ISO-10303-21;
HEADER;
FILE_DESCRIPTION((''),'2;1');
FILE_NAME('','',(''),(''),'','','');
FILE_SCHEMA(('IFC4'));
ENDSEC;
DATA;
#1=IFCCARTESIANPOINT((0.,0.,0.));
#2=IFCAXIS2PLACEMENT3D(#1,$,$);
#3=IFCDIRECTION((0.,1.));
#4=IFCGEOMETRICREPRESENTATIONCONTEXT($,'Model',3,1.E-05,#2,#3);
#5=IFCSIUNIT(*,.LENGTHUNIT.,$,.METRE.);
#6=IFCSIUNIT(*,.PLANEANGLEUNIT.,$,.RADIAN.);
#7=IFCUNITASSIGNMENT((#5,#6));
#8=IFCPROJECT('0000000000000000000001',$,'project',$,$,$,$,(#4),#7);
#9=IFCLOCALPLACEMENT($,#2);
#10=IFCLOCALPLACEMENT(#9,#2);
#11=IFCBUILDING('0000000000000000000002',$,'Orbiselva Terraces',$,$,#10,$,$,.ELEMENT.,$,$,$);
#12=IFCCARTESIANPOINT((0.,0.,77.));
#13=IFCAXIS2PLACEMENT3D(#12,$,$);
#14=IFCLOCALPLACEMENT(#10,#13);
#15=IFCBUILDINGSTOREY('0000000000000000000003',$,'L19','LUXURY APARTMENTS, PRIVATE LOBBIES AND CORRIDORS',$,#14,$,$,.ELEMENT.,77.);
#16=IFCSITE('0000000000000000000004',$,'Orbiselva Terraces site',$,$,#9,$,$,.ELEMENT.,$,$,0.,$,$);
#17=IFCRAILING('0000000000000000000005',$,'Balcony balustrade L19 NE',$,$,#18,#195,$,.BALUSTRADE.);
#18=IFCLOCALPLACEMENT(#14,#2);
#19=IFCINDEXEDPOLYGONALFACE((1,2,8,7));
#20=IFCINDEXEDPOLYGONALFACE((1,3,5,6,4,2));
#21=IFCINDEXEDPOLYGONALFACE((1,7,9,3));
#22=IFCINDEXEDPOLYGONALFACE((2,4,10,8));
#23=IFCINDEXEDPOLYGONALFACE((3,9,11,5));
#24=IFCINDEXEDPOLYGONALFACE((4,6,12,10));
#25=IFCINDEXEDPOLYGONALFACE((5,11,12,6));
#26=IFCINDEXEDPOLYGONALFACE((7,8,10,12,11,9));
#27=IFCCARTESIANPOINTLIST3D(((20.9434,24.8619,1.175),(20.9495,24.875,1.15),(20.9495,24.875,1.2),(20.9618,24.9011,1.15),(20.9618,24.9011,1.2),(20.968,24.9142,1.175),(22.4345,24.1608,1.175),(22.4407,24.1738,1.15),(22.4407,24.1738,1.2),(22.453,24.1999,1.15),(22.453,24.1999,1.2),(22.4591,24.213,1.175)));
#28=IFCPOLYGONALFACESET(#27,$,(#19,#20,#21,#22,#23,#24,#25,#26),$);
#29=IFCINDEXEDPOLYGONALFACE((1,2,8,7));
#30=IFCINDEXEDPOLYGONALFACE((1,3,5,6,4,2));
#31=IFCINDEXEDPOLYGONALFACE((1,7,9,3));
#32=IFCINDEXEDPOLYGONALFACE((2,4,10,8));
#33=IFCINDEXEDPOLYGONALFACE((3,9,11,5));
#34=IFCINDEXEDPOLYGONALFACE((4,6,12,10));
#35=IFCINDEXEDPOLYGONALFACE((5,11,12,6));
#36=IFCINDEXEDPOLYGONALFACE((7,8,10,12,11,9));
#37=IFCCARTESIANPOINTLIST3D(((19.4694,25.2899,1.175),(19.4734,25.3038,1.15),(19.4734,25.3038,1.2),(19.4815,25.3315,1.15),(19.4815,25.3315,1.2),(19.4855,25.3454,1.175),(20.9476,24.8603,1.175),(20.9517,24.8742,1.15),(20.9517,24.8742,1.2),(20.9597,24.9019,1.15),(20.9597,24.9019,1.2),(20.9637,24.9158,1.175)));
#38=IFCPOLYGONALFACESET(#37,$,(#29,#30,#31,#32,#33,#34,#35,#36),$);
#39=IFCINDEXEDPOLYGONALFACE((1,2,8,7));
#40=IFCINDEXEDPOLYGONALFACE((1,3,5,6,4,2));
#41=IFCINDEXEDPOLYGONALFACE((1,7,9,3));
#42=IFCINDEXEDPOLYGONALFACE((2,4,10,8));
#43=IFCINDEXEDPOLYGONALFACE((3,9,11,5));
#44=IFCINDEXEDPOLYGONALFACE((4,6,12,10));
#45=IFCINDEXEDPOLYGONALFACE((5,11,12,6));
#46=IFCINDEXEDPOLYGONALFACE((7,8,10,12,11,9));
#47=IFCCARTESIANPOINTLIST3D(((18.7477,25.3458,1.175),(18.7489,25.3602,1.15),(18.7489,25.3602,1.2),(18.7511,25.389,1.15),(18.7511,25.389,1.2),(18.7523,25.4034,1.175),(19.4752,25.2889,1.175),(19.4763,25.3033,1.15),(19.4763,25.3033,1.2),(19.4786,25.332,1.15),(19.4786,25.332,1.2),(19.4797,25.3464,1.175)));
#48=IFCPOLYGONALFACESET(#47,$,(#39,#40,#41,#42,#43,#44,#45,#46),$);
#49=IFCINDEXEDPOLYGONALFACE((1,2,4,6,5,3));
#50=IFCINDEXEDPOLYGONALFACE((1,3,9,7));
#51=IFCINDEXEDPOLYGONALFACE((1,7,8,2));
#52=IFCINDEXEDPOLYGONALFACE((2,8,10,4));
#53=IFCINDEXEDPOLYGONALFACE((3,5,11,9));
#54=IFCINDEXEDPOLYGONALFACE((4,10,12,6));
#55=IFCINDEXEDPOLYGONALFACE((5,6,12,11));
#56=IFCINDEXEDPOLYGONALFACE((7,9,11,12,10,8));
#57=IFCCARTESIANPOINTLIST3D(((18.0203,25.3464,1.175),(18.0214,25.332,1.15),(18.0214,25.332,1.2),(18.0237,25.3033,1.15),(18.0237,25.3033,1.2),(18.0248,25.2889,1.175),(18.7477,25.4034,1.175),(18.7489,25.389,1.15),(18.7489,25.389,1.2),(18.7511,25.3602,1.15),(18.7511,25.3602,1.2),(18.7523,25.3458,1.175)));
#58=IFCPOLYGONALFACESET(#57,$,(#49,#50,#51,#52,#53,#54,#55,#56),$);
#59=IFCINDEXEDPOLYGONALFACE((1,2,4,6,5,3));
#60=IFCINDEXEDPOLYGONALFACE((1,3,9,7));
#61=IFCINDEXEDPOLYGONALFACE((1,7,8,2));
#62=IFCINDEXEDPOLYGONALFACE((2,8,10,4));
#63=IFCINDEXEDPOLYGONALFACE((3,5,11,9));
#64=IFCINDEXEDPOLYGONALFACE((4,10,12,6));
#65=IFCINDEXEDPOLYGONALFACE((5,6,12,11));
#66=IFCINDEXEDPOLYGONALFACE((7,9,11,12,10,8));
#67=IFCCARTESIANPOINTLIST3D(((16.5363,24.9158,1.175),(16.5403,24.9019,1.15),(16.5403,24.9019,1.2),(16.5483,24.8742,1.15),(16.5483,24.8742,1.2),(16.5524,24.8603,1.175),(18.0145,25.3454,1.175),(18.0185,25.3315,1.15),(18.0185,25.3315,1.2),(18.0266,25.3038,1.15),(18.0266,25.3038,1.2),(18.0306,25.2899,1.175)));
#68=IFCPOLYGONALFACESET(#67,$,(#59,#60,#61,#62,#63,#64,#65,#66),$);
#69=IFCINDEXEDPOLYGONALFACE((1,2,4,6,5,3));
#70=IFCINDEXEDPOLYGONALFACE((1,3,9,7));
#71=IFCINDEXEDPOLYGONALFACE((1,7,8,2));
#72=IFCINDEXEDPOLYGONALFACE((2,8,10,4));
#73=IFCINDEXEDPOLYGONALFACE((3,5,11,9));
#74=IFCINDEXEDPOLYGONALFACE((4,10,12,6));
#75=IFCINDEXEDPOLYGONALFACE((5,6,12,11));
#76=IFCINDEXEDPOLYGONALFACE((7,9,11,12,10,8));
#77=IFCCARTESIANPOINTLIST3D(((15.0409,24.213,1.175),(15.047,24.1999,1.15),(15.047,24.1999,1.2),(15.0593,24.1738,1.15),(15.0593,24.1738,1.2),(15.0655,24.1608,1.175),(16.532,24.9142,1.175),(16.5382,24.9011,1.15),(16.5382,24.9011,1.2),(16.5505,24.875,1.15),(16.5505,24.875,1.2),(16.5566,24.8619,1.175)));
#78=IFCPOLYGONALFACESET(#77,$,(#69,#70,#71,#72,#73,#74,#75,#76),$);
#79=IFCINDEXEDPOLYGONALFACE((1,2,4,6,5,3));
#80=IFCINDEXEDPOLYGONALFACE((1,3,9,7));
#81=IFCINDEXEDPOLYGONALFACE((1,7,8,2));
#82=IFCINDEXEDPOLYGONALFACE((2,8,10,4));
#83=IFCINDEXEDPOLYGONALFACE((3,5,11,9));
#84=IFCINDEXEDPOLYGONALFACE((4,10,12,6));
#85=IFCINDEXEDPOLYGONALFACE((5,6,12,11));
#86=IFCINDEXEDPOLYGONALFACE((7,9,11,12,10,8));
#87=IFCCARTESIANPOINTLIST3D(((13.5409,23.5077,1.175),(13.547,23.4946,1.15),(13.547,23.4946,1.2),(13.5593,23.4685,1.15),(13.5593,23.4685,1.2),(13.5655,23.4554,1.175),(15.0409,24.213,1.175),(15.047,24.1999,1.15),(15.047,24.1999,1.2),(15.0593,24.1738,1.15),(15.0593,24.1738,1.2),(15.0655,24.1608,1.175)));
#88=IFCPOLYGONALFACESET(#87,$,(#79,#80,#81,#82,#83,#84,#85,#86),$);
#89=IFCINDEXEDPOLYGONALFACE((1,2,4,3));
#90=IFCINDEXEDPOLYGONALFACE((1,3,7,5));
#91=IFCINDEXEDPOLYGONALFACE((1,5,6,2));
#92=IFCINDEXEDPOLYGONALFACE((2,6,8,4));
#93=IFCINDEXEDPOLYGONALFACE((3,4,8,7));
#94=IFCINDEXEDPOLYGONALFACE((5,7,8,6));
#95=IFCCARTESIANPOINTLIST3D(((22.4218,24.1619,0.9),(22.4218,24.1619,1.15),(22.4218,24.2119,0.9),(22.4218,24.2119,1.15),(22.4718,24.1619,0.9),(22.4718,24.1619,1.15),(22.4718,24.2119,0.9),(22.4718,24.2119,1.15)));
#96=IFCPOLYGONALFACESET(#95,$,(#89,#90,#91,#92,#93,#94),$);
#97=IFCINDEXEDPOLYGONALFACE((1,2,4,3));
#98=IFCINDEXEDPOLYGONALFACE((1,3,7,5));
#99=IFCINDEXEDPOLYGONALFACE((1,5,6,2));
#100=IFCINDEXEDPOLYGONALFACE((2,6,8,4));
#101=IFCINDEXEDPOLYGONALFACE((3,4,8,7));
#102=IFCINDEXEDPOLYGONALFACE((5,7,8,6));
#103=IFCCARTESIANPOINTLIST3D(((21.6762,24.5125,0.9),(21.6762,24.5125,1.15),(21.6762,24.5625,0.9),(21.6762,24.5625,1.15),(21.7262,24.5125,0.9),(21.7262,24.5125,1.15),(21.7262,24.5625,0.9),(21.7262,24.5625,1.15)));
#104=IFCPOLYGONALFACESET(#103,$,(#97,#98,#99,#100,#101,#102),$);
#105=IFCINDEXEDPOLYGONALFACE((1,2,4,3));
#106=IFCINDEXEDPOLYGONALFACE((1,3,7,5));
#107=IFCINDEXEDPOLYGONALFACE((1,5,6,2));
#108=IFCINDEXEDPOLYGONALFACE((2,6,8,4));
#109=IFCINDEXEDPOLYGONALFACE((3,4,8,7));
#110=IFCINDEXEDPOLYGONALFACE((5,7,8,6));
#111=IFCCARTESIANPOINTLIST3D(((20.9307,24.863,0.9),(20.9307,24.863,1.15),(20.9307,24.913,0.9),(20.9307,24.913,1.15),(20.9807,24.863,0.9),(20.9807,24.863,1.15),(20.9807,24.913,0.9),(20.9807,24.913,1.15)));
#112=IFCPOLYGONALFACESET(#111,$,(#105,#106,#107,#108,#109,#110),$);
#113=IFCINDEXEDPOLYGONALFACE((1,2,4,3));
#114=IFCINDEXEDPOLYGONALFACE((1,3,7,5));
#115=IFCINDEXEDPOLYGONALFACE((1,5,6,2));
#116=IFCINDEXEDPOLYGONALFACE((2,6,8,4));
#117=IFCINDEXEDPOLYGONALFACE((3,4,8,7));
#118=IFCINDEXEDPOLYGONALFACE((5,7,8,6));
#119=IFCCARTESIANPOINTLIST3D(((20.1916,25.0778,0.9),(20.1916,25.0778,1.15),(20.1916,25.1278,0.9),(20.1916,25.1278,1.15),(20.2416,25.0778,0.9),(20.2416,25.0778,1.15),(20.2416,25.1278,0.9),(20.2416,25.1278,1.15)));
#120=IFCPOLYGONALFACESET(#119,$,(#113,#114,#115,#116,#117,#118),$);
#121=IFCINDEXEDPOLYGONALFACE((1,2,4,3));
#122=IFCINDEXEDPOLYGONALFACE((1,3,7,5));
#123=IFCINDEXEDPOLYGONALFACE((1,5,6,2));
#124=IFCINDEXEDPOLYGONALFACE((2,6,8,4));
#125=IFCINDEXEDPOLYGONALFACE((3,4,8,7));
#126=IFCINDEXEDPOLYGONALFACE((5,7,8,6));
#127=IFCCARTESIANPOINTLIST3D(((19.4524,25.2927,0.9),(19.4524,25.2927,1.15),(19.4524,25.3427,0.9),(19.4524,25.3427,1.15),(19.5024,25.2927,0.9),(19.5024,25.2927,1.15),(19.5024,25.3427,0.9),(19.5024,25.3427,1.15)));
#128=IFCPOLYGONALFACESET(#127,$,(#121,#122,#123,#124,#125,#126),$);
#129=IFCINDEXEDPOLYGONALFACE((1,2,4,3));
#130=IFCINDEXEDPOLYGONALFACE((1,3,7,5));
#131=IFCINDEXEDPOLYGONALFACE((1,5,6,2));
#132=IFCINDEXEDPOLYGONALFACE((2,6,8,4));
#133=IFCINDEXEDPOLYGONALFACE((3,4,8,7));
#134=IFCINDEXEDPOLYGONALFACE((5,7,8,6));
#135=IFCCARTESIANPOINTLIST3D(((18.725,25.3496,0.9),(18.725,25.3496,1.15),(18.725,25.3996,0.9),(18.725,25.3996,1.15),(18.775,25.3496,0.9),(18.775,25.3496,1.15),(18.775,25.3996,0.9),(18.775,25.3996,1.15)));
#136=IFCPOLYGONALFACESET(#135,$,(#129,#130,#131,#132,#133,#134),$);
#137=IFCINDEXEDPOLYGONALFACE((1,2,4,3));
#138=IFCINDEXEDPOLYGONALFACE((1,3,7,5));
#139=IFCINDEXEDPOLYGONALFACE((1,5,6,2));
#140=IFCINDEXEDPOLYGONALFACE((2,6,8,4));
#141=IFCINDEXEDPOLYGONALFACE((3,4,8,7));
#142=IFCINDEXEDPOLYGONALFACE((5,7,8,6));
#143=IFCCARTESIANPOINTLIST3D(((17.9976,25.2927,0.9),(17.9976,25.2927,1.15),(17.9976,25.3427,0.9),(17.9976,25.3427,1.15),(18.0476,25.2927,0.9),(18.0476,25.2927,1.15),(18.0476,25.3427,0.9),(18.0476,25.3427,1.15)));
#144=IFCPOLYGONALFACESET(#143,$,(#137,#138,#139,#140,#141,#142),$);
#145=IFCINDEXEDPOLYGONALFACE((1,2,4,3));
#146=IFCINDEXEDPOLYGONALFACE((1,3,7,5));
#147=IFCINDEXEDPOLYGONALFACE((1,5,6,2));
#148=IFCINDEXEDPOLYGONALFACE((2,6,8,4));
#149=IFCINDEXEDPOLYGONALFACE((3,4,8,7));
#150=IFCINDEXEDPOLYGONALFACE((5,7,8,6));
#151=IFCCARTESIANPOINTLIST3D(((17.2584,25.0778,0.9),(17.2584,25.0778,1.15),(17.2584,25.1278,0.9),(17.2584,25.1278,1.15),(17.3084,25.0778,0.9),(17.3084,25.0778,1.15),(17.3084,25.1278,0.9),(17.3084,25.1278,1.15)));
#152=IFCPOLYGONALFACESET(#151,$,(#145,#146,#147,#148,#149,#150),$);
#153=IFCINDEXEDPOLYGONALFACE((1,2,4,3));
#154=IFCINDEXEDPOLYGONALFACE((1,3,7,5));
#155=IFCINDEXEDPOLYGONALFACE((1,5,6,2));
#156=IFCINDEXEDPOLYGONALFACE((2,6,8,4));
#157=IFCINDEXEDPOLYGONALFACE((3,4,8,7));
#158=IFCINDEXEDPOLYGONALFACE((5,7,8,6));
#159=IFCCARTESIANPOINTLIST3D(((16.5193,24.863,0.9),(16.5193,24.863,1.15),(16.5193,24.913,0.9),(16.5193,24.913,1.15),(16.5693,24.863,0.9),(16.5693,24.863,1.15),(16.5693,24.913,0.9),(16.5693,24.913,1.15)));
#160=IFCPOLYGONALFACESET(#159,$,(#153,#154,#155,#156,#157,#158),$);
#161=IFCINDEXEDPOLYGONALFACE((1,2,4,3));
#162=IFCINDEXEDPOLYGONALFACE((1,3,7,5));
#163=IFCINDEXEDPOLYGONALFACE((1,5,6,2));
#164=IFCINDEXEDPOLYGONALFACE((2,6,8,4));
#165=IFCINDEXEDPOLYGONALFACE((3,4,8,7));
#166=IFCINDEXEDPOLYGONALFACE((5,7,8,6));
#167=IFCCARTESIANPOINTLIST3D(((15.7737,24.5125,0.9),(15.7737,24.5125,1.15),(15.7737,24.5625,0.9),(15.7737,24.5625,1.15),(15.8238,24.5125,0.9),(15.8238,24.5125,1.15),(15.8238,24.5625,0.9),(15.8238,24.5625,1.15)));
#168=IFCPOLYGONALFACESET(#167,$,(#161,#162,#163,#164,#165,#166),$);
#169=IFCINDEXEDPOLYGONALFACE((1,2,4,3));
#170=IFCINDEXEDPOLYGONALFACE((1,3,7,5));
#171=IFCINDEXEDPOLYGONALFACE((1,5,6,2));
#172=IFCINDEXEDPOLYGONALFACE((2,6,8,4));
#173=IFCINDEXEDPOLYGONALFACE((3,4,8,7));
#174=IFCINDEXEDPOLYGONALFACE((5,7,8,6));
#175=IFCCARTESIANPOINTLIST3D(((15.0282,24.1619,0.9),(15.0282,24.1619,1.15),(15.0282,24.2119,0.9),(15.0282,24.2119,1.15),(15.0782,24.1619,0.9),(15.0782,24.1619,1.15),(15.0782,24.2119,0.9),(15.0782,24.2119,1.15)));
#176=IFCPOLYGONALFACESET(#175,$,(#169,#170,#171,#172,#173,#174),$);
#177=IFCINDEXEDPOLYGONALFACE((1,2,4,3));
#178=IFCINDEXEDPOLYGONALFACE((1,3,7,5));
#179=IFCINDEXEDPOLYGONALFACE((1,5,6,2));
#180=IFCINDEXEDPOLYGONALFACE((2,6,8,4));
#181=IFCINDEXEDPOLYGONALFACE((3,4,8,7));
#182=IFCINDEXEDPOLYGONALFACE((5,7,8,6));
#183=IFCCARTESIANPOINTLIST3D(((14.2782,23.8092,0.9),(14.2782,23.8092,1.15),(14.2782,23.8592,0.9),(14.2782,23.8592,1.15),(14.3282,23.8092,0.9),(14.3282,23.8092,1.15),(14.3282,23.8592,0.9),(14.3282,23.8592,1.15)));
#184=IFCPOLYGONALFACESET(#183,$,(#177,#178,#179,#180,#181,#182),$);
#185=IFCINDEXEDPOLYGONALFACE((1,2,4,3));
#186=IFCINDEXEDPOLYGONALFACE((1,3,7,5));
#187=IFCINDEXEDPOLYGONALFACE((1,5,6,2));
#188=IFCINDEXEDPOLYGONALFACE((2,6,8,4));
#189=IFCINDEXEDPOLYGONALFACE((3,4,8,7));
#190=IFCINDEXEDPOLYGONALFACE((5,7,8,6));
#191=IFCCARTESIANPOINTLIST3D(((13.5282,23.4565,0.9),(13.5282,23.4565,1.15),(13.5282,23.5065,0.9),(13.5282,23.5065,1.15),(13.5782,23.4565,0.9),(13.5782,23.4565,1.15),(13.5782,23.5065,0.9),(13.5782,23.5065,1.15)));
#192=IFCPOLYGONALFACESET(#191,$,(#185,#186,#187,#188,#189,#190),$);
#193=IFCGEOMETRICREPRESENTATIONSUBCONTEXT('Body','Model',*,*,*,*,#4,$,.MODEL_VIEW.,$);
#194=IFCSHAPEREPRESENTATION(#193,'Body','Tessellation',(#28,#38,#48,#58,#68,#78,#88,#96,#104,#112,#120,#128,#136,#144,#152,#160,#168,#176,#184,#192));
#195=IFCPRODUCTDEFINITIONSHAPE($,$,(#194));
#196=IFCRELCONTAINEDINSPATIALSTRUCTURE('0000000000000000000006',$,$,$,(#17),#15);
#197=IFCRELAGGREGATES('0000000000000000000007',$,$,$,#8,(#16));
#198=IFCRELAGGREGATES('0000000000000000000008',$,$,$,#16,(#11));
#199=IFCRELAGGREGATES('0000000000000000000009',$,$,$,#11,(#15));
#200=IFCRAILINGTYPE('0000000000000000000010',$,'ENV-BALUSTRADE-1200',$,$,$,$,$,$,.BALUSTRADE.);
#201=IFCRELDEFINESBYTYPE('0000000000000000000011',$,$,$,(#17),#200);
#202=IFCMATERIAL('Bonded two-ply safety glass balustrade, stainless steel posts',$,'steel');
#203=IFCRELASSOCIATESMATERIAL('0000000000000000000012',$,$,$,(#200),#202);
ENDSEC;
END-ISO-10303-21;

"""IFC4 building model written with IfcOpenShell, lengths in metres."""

from ifc_helpers import new_model, si_unit, direction, frame, origin, origin_2d, place, context, subcontext, project, spatial, polyline, rectangle, outline, extrude, material, type_object, element, save


model = new_model("IFC4")

# Units and contexts
model_context = context("Model", 3, precision=1e-05, world=origin(), true_north=direction((0.0, 1.0)))
body_context = subcontext(model_context, "Body", "Model", "MODEL_VIEW")
ifc_project = project(units=[si_unit("LENGTHUNIT", "METRE"), si_unit("PLANEANGLEUNIT", "RADIAN")], contexts=[model_context])

# Site, building, storey
site_placement = place(None, origin())
site = spatial("IfcSite", under=ifc_project, at=site_placement, Name="Orbiselva Terraces site", CompositionType="ELEMENT", RefElevation=0.0)
building_placement = place(site_placement, origin())
building = spatial("IfcBuilding", under=site, at=building_placement, Name="Orbiselva Terraces", CompositionType="ELEMENT")
storey_placement = place(building_placement, frame((0.0, 0.0, 77.0)))
storey = spatial("IfcBuildingStorey", under=building, at=storey_placement, Name="L19", Description="LUXURY APARTMENTS, PRIVATE LOBBIES AND CORRIDORS", CompositionType="ELEMENT", Elevation=77.0)

# Railing
ifc_material_1 = material(Name="Bonded two-ply safety glass balustrade, stainless steel posts", Category="steel")
railing_type_1 = type_object("IfcRailingType", Name="ENV-BALUSTRADE-1200", PredefinedType="BALUSTRADE", material=ifc_material_1)
railing_1_placement = place(storey_placement, frame((22.4468, 24.1869, 0.9)))
element("IfcRailing", 1, at=railing_1_placement, inside=storey, type_object=railing_type_1, Name="Balcony balustrade L19 NE", PredefinedType="BALUSTRADE", context=body_context, shape_type="SweptSolid", body=[
    extrude(outline(polyline([(0.0289, 0.0), (0.0144, 0.025), (-0.0144, 0.025), (-0.0289, 0.0), (-0.0144, -0.025), (0.0144, -0.025), (0.0289, 0.0)])), frame((0.0, 0.0, 0.275), z_axis=(-0.904944, 0.42553, 0.0), x_axis=(-0.42553, -0.904944, 0.0)), (0.0, 0.0, 1.0), 1.6477),
    extrude(outline(polyline([(0.0289, 0.0), (0.0144, 0.025), (-0.0144, 0.025), (-0.0289, 0.0), (-0.0144, -0.025), (0.0144, -0.025), (0.0289, 0.0)])), frame((-1.4911, 0.7012, 0.275), z_axis=(-0.96027, 0.279072, 0.0), x_axis=(-0.279072, -0.96027, 0.0)), (0.0, 0.0, 1.0), 1.5394),
    extrude(outline(polyline([(0.0289, 0.0), (0.0144, 0.025), (-0.0144, 0.025), (-0.0289, 0.0), (-0.0144, -0.025), (0.0144, -0.025), (0.0289, 0.0)])), frame((-2.9694, 1.1308, 0.275), z_axis=(-0.996948, 0.07807, 0.0), x_axis=(-0.07807, -0.996948, 0.0)), (0.0, 0.0, 1.0), 0.7297),
    extrude(outline(polyline([(0.0289, 0.0), (0.0144, 0.025), (-0.0144, 0.025), (-0.0289, 0.0), (-0.0144, -0.025), (0.0144, -0.025), (0.0289, 0.0)])), frame((-3.6968, 1.1877, 0.275), z_axis=(-0.996948, -0.07807, 0.0), x_axis=(0.07807, -0.996948, 0.0)), (0.0, 0.0, 1.0), 0.7297),
    extrude(outline(polyline([(0.0289, 0.0), (0.0144, 0.025), (-0.0144, 0.025), (-0.0289, 0.0), (-0.0144, -0.025), (0.0144, -0.025), (0.0289, 0.0)])), frame((-4.4243, 1.1308, 0.275), z_axis=(-0.96027, -0.279072, 0.0), x_axis=(0.279072, -0.96027, 0.0)), (0.0, 0.0, 1.0), 1.5394),
    extrude(outline(polyline([(0.0289, 0.0), (0.0144, 0.025), (-0.0144, 0.025), (-0.0289, 0.0), (-0.0144, -0.025), (0.0144, -0.025), (0.0289, 0.0)])), frame((-5.9025, 0.7012, 0.275), z_axis=(-0.904944, -0.42553, 0.0), x_axis=(0.42553, -0.904944, 0.0)), (0.0, 0.0, 1.0), 1.6477),
    extrude(outline(polyline([(0.0289, 0.0), (0.0144, 0.025), (-0.0144, 0.025), (-0.0289, 0.0), (-0.0144, -0.025), (0.0144, -0.025), (0.0289, 0.0)])), frame((-7.3936, 0.0, 0.275), z_axis=(-0.904944, -0.42553, 0.0), x_axis=(0.42553, -0.904944, 0.0)), (0.0, 0.0, 1.0), 1.6576),
    extrude(rectangle(XDim=0.05, YDim=0.05, at=origin_2d()), origin(), (0.0, 0.0, 1.0), 0.25),
    extrude(rectangle(XDim=0.05, YDim=0.05, at=origin_2d()), frame((-0.7456, 0.3506, 0.0)), (0.0, 0.0, 1.0), 0.25),
    extrude(rectangle(XDim=0.05, YDim=0.05, at=origin_2d()), frame((-1.4911, 0.7012, 0.0)), (0.0, 0.0, 1.0), 0.25),
    extrude(rectangle(XDim=0.05, YDim=0.05, at=origin_2d()), frame((-2.2302, 0.916, 0.0)), (0.0, 0.0, 1.0), 0.25),
    extrude(rectangle(XDim=0.05, YDim=0.05, at=origin_2d()), frame((-2.9694, 1.1308, 0.0)), (0.0, 0.0, 1.0), 0.25),
    extrude(rectangle(XDim=0.05, YDim=0.05, at=origin_2d()), frame((-3.6968, 1.1877, 0.0)), (0.0, 0.0, 1.0), 0.25),
    extrude(rectangle(XDim=0.05, YDim=0.05, at=origin_2d()), frame((-4.4243, 1.1308, 0.0)), (0.0, 0.0, 1.0), 0.25),
    extrude(rectangle(XDim=0.05, YDim=0.05, at=origin_2d()), frame((-5.1634, 0.916, 0.0)), (0.0, 0.0, 1.0), 0.25),
    extrude(rectangle(XDim=0.05, YDim=0.05, at=origin_2d()), frame((-5.9025, 0.7012, 0.0)), (0.0, 0.0, 1.0), 0.25),
    extrude(rectangle(XDim=0.05, YDim=0.05, at=origin_2d()), frame((-6.6481, 0.3506, 0.0)), (0.0, 0.0, 1.0), 0.25),
    extrude(rectangle(XDim=0.05, YDim=0.05, at=origin_2d()), frame((-7.3936, 0.0, 0.0)), (0.0, 0.0, 1.0), 0.25),
    extrude(rectangle(XDim=0.05, YDim=0.05, at=origin_2d()), frame((-8.1436, -0.3527, 0.0)), (0.0, 0.0, 1.0), 0.25),
    extrude(rectangle(XDim=0.05, YDim=0.05, at=origin_2d()), frame((-8.8936, -0.7053, 0.0)), (0.0, 0.0, 1.0), 0.25),
])

save(model, "model.ifc")
